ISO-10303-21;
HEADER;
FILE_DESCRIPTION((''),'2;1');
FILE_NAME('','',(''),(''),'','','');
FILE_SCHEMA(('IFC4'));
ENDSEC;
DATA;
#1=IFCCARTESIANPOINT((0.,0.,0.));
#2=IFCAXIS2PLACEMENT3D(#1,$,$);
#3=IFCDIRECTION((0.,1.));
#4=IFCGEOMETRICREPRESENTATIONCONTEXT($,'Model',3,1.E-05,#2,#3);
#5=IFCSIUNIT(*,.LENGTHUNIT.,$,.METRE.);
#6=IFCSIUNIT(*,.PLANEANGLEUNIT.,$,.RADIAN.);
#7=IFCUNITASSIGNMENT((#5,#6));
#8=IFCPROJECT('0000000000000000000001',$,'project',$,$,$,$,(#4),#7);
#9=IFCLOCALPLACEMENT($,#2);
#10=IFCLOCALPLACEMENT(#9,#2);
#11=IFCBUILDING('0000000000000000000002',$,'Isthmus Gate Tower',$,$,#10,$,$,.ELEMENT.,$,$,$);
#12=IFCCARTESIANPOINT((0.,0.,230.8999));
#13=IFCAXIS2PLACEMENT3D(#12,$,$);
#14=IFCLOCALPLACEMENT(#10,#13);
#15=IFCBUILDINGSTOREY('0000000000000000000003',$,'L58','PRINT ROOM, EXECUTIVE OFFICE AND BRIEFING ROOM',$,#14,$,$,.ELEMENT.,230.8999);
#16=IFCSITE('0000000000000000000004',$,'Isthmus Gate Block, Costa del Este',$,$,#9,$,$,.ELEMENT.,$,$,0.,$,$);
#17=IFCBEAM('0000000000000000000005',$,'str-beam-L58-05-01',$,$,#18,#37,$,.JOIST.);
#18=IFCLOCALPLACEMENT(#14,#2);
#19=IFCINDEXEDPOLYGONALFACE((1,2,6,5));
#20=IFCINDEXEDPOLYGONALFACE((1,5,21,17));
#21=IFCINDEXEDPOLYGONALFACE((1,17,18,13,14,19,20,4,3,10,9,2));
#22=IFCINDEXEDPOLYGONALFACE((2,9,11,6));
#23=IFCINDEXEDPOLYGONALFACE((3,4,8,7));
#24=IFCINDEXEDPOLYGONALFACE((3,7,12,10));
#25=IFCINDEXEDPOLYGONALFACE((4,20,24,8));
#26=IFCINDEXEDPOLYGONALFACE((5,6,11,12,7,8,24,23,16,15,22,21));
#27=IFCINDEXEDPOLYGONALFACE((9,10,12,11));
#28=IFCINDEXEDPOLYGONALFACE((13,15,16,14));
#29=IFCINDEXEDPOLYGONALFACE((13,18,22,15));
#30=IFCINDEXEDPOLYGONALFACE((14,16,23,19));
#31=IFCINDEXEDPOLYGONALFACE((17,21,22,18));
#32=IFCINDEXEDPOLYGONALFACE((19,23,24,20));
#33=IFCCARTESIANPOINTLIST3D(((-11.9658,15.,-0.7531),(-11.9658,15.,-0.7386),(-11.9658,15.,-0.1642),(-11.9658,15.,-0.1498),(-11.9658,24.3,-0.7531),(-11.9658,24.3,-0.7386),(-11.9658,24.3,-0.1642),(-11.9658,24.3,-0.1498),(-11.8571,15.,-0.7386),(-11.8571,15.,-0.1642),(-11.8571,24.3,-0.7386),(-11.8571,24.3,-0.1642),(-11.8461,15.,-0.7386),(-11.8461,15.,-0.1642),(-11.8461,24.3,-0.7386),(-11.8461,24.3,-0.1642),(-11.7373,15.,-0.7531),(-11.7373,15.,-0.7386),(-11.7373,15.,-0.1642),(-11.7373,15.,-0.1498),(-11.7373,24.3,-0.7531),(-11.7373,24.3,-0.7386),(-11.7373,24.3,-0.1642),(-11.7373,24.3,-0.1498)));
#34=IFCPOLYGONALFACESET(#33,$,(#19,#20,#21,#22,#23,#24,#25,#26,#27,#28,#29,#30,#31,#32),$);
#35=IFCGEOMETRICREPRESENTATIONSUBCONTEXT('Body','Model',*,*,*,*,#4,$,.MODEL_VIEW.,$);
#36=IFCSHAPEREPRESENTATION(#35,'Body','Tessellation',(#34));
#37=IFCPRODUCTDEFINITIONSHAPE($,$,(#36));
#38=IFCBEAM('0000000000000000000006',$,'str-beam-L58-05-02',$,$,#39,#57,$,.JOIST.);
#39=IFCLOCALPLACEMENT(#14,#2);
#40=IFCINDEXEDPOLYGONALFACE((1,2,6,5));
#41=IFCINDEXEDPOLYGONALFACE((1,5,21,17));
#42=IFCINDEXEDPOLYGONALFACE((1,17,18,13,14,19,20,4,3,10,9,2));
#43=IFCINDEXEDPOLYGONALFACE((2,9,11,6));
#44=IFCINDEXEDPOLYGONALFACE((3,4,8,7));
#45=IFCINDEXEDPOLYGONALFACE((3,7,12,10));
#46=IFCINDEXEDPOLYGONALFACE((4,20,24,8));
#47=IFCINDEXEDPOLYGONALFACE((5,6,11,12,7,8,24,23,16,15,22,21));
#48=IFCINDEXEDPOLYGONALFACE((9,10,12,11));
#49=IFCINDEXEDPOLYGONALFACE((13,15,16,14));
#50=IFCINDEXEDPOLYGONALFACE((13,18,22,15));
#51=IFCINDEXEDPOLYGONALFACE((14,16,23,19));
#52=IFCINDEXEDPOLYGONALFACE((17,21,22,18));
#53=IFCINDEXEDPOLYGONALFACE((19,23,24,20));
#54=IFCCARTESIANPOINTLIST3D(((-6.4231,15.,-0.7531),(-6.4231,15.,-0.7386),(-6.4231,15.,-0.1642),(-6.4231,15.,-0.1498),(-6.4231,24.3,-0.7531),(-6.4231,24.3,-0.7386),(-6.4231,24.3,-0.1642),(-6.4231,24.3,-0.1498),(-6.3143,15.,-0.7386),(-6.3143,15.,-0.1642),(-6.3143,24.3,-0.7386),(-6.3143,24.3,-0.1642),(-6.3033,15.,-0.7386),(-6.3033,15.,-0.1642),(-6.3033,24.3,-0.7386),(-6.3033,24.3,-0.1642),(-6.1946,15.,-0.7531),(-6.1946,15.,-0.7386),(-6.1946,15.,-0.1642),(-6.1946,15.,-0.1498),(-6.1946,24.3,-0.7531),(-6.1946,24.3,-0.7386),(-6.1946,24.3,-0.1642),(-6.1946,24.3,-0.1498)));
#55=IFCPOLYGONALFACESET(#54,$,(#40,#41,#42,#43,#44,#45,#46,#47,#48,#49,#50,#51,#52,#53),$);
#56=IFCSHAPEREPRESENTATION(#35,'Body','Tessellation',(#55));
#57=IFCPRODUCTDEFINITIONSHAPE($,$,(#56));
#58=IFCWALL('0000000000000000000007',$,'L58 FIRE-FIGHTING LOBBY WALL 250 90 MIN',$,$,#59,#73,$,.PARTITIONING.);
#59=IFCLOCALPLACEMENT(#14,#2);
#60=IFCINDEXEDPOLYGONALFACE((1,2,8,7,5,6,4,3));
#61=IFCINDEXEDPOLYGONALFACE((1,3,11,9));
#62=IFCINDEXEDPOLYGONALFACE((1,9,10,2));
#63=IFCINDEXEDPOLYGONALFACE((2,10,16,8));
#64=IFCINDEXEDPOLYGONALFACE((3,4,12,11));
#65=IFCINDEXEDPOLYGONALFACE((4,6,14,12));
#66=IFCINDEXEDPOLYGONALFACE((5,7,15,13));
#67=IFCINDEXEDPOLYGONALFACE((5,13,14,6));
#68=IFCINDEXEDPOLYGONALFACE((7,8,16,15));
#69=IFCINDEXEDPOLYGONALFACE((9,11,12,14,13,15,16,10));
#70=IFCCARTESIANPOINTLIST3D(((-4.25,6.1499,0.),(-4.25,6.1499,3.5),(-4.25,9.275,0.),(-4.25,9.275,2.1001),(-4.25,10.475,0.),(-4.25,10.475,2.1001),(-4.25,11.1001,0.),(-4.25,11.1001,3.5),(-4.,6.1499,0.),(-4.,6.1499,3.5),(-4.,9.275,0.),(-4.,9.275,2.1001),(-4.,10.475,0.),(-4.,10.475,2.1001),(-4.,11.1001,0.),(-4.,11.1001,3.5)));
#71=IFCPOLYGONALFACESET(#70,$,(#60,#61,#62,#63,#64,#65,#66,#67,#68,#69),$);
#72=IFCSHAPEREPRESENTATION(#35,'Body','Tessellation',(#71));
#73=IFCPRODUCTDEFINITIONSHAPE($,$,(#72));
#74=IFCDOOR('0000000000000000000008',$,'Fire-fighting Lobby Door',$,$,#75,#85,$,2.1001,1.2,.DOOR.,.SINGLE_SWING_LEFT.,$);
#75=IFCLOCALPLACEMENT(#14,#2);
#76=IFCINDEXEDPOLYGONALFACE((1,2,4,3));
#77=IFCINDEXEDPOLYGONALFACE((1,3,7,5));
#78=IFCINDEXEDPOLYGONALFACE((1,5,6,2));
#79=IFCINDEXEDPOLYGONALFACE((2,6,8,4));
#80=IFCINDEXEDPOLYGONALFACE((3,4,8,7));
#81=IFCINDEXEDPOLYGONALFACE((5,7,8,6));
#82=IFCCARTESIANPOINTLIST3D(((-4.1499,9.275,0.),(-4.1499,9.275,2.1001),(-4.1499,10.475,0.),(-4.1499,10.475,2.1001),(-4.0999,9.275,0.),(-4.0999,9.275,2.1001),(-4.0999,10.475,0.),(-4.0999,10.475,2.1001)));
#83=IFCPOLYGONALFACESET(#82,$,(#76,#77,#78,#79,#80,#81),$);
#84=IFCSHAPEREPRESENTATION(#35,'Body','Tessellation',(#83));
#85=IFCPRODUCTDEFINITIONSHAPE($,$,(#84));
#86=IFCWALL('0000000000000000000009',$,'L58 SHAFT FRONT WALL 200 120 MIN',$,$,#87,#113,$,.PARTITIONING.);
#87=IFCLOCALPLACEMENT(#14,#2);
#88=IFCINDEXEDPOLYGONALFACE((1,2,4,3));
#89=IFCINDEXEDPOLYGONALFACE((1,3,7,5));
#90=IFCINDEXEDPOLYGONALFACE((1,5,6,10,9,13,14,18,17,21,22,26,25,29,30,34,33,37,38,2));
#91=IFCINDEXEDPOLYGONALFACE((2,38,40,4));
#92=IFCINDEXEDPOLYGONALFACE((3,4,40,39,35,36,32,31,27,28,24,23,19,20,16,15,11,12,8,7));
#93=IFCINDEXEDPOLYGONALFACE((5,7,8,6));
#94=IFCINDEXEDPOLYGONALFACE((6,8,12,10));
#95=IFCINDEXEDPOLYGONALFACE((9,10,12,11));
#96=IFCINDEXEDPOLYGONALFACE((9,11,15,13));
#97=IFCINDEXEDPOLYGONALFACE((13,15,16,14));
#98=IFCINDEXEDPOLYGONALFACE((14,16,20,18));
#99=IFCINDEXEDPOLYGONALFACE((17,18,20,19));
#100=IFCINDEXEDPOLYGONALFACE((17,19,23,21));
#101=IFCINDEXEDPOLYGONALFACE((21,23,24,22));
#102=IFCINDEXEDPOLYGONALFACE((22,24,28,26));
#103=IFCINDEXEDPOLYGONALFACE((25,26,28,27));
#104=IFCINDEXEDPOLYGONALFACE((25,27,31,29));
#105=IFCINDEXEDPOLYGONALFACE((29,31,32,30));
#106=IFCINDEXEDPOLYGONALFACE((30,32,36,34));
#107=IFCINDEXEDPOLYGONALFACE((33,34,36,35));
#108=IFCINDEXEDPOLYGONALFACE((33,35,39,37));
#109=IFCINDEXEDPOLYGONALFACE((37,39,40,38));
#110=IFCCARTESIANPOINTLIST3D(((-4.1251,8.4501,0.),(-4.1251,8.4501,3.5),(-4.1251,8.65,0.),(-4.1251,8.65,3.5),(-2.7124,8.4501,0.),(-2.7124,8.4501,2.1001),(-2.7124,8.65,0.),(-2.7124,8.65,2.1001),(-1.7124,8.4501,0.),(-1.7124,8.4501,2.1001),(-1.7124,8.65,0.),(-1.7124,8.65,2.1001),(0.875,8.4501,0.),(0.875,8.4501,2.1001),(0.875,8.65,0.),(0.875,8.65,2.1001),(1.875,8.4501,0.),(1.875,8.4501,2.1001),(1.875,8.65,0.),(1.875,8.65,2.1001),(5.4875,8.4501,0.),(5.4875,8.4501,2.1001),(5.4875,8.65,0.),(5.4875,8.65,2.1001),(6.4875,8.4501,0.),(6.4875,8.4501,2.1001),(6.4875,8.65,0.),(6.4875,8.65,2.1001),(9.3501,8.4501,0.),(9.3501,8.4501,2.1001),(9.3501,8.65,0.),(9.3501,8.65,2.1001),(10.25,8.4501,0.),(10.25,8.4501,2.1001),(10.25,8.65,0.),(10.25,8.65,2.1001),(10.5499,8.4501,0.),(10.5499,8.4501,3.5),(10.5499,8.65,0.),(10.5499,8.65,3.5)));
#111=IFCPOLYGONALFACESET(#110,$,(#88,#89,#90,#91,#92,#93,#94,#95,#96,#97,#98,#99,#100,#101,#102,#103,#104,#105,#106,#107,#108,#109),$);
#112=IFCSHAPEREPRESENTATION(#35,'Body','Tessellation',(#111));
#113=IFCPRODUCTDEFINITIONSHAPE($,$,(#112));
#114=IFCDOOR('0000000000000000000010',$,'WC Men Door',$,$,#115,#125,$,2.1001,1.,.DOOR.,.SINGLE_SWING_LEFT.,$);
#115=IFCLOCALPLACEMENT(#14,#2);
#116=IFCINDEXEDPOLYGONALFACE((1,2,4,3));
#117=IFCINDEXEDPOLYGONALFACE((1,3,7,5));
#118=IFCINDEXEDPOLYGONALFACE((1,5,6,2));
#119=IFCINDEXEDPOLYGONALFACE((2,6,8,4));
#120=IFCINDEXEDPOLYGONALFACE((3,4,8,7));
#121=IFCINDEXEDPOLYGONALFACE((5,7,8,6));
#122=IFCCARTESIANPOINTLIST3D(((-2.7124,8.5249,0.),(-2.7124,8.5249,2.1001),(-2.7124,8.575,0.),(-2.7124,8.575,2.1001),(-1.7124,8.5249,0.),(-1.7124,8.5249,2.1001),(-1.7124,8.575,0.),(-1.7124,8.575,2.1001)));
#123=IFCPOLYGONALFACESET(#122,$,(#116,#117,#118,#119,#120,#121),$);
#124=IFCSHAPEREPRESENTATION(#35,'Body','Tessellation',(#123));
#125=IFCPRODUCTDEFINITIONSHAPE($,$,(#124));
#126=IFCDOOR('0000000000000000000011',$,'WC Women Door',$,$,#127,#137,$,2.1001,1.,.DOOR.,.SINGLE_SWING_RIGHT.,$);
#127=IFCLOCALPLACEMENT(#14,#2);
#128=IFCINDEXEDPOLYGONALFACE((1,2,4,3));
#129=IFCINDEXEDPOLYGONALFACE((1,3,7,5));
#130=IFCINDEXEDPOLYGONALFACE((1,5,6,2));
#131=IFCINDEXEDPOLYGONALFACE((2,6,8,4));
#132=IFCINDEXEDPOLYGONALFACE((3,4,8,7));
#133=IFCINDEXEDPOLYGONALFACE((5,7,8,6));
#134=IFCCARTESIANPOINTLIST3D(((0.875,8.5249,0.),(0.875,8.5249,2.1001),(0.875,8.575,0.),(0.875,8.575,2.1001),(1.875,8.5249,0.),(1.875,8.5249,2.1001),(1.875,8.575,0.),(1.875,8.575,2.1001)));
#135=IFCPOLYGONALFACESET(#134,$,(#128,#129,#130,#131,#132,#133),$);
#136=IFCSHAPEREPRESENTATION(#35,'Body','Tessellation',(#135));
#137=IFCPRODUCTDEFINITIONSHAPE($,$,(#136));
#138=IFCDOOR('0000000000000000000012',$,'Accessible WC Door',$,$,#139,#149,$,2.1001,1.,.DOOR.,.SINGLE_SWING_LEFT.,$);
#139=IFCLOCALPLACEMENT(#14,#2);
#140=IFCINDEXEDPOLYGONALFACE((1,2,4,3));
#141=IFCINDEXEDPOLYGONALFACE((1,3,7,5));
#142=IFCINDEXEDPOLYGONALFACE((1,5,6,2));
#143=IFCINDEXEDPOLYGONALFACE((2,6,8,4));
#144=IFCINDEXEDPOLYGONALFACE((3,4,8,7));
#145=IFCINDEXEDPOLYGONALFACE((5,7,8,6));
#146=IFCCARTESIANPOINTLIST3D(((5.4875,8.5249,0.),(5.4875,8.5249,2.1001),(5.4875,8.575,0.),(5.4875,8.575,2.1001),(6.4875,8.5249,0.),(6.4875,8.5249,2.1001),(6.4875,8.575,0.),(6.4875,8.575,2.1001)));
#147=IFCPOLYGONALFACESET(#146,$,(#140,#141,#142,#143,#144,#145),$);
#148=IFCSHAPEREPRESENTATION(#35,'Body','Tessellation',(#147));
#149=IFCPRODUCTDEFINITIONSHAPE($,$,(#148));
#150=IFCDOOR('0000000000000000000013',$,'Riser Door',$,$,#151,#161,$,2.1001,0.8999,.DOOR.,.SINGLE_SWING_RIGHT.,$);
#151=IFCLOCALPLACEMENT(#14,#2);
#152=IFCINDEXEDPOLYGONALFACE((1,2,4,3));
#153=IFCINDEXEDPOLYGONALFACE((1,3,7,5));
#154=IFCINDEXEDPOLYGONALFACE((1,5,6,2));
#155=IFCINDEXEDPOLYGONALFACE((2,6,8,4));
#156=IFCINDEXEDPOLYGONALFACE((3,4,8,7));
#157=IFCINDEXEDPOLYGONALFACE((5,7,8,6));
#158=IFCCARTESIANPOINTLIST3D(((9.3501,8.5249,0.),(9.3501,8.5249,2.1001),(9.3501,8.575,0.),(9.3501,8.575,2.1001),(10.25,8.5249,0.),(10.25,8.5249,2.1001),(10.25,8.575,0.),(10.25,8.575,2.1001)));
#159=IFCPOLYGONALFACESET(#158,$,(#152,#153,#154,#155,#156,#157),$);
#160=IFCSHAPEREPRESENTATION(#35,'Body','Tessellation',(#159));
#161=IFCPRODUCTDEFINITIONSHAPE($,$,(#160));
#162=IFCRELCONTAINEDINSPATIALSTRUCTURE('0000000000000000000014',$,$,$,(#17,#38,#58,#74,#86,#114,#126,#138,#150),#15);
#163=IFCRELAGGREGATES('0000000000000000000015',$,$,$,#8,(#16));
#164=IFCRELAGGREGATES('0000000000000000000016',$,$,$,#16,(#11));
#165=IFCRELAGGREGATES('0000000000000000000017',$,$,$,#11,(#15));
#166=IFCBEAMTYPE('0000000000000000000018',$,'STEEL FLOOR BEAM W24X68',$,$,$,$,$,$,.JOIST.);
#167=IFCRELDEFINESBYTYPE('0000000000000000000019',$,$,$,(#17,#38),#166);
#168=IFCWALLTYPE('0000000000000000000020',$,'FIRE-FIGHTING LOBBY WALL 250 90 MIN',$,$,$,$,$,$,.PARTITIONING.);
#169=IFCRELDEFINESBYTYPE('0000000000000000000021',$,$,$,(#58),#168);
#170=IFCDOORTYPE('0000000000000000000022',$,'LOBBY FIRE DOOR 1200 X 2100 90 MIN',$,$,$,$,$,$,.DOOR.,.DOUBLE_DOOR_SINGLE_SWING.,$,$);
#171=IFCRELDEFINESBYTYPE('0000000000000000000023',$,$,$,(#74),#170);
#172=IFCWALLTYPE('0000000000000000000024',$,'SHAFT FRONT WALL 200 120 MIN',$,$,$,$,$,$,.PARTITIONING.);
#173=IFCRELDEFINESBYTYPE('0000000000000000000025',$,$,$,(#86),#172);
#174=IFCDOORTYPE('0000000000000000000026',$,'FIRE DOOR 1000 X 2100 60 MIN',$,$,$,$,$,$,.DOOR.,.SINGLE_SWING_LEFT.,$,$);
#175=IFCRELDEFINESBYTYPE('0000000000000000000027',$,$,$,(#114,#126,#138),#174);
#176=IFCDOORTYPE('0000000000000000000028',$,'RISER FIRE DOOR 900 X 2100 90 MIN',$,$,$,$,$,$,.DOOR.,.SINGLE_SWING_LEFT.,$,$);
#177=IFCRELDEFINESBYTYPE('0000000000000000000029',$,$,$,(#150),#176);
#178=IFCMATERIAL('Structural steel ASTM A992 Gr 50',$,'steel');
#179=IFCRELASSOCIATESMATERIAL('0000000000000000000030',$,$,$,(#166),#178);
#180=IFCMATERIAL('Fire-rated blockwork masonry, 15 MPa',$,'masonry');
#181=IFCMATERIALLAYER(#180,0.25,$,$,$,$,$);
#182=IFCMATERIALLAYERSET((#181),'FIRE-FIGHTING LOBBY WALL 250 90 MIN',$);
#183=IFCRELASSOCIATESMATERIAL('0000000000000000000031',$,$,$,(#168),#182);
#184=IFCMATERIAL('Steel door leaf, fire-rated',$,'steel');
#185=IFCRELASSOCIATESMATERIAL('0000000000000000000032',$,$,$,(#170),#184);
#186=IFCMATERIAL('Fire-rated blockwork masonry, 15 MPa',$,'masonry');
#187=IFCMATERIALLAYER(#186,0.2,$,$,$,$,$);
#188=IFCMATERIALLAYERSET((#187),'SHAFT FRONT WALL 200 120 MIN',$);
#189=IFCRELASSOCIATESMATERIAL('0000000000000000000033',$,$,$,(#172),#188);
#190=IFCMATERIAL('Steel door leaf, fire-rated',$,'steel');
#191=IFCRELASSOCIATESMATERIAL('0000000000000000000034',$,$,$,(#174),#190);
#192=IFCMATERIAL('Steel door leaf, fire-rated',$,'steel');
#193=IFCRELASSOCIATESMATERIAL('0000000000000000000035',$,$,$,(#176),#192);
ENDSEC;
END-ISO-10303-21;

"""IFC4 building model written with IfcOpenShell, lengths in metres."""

from ifc_helpers import new_model, si_unit, direction, frame, frame_2d, origin, origin_2d, place, context, subcontext, project, spatial, rectangle, i_section, extrude, material, layer, layer_set, material_profile, profile_set, type_object, element, fill, save


model = new_model("IFC4")

# Units and contexts
model_context = context("Model", 3, precision=1e-05, world=origin(), true_north=direction((0.0, 1.0)))
body_context = subcontext(model_context, "Body", "Model", "MODEL_VIEW")
ifc_project = project(units=[si_unit("LENGTHUNIT", "METRE"), si_unit("PLANEANGLEUNIT", "RADIAN")], contexts=[model_context])

# Site, building, storey
site_placement = place(None, origin())
site = spatial("IfcSite", under=ifc_project, at=site_placement, Name="Isthmus Gate Block, Costa del Este", CompositionType="ELEMENT", RefElevation=0.0)
building_placement = place(site_placement, origin())
building = spatial("IfcBuilding", under=site, at=building_placement, Name="Isthmus Gate Tower", CompositionType="ELEMENT")
storey_placement = place(building_placement, frame((0.0, 0.0, 230.8999)))
storey = spatial("IfcBuildingStorey", under=building, at=storey_placement, Name="L58", Description="PRINT ROOM, EXECUTIVE OFFICE AND BRIEFING ROOM", CompositionType="ELEMENT", Elevation=230.8999)

# Beams
ifc_material_1 = material(Name="Structural steel ASTM A992 Gr 50", Category="steel")
ifc_material_profile = material_profile(ifc_material_1, i_section(OverallWidth=0.2285, OverallDepth=0.6033, WebThickness=0.011, FlangeThickness=0.0144, at=origin_2d()), Name="W24X68")
ifc_profile_set = profile_set([ifc_material_profile], Name="Structural steel ASTM A992 Gr 50")
beam_type = type_object("IfcBeamType", Name="STEEL FLOOR BEAM W24X68", PredefinedType="JOIST", material=ifc_profile_set)
for number, where, z_axis, x_axis, name in (
    (1, (-11.8516, 15.0, -0.4514), (0.0, 1.0, 0.0), (-1.0, 0.0, 0.0), "str-beam-L58-05-01"),
    (2, (-6.3088, 15.0, -0.4514), (0.0, 1.0, 0.0), (-1.0, 0.0, 0.0), "str-beam-L58-05-02"),
):
    element("IfcBeam", number, at=place(storey_placement, frame(where, z_axis=z_axis, x_axis=x_axis)), inside=storey, type_object=beam_type, Name=name, PredefinedType="JOIST", context=body_context, shape_type="SweptSolid", body=[
        extrude(i_section(OverallWidth=0.2285, OverallDepth=0.6033, WebThickness=0.011, FlangeThickness=0.0144, at=origin_2d()), origin(), (0.0, 0.0, 1.0), 9.3),
    ])

# Wall, opening, door
ifc_material_2 = material(Name="Fire-rated blockwork masonry, 15 MPa", Category="masonry")
ifc_layer_1 = layer(ifc_material_2, 0.25)
ifc_layer_set_1 = layer_set([ifc_layer_1], Name="FIRE-FIGHTING LOBBY WALL 250 90 MIN")
wall_type_1 = type_object("IfcWallType", Name="FIRE-FIGHTING LOBBY WALL 250 90 MIN", PredefinedType="PARTITIONING", material=ifc_layer_set_1)
wall_1_placement = place(storey_placement, frame((-4.125, 6.1499, 0.0), z_axis=(0.0, 0.0, 1.0), x_axis=(0.0, 1.0, 0.0)))
wall_1 = element("IfcWall", 3, at=wall_1_placement, inside=storey, type_object=wall_type_1, Name="L58 FIRE-FIGHTING LOBBY WALL 250 90 MIN", PredefinedType="PARTITIONING", context=body_context, shape_type="SweptSolid", body=[
    extrude(rectangle(XDim=4.9502, YDim=0.25, at=frame_2d((2.4751, 0.0))), origin(), (0.0, 0.0, 1.0), 3.5),
])
opening_1_placement = place(wall_1_placement, frame((3.125, 0.0, 0.0)))
opening_1 = element("IfcOpeningElement", 4, at=opening_1_placement, cuts=wall_1, PredefinedType="OPENING", context=body_context, shape_type="SweptSolid", body=[
    extrude(rectangle(XDim=1.2, YDim=2.1001, at=frame_2d((0.6001, 1.05))), frame((0.0, 0.135, 0.0), z_axis=(0.0, -1.0, 0.0), x_axis=(1.0, 0.0, 0.0)), (0.0, 0.0, 1.0), 0.27),
])
ifc_material_3 = material(Name="Steel door leaf, fire-rated", Category="steel")
door_type_1 = type_object("IfcDoorType", Name="LOBBY FIRE DOOR 1200 X 2100 90 MIN", OperationType="DOUBLE_DOOR_SINGLE_SWING", PredefinedType="DOOR", material=ifc_material_3)
door_1_placement = place(opening_1_placement, origin())
door_1 = element("IfcDoor", 5, at=door_1_placement, inside=storey, type_object=door_type_1, Name="Fire-fighting Lobby Door", OperationType="SINGLE_SWING_LEFT", OverallHeight=2.1001, OverallWidth=1.2, PredefinedType="DOOR", context=body_context, shape_type="SweptSolid", body=[
    extrude(rectangle(XDim=1.2, YDim=2.1001, at=frame_2d((0.6001, 1.05))), frame((0.0, 0.0249, 0.0), z_axis=(0.0, -1.0, 0.0), x_axis=(1.0, 0.0, 0.0)), (0.0, 0.0, 1.0), 0.05),
])
fill(opening_1, door_1)

# Wall, openings, doors
ifc_material_4 = material(Name="Fire-rated blockwork masonry, 15 MPa", Category="masonry")
ifc_layer_2 = layer(ifc_material_4, 0.2)
ifc_layer_set_2 = layer_set([ifc_layer_2], Name="SHAFT FRONT WALL 200 120 MIN")
wall_type_2 = type_object("IfcWallType", Name="SHAFT FRONT WALL 200 120 MIN", PredefinedType="PARTITIONING", material=ifc_layer_set_2)
wall_2_placement = place(storey_placement, frame((-4.125, 8.55, 0.0), z_axis=(0.0, 0.0, 1.0), x_axis=(1.0, 0.0, 0.0)))
wall_2 = element("IfcWall", 6, at=wall_2_placement, inside=storey, type_object=wall_type_2, Name="L58 SHAFT FRONT WALL 200 120 MIN", PredefinedType="PARTITIONING", context=body_context, shape_type="SweptSolid", body=[
    extrude(rectangle(XDim=14.675, YDim=0.2, at=frame_2d((7.3374, 0.0))), origin(), (0.0, 0.0, 1.0), 3.5),
])
opening_2_placement = place(wall_2_placement, frame((1.4126, 0.0, 0.0)))
opening_2 = element("IfcOpeningElement", 7, at=opening_2_placement, cuts=wall_2, PredefinedType="OPENING", context=body_context, shape_type="SweptSolid", body=[
    extrude(rectangle(XDim=1.0, YDim=2.1001, at=frame_2d((0.5, 1.05))), frame((0.0, 0.1099, 0.0), z_axis=(0.0, -1.0, 0.0), x_axis=(1.0, 0.0, 0.0)), (0.0, 0.0, 1.0), 0.22),
])
opening_3_placement = place(wall_2_placement, frame((5.0, 0.0, 0.0)))
opening_3 = element("IfcOpeningElement", 8, at=opening_3_placement, cuts=wall_2, PredefinedType="OPENING", context=body_context, shape_type="SweptSolid", body=[
    extrude(rectangle(XDim=1.0, YDim=2.1001, at=frame_2d((0.5, 1.05))), frame((0.0, 0.1099, 0.0), z_axis=(0.0, -1.0, 0.0), x_axis=(1.0, 0.0, 0.0)), (0.0, 0.0, 1.0), 0.22),
])
opening_4_placement = place(wall_2_placement, frame((9.6125, 0.0, 0.0)))
opening_4 = element("IfcOpeningElement", 9, at=opening_4_placement, cuts=wall_2, PredefinedType="OPENING", context=body_context, shape_type="SweptSolid", body=[
    extrude(rectangle(XDim=1.0, YDim=2.1001, at=frame_2d((0.5, 1.05))), frame((0.0, 0.1099, 0.0), z_axis=(0.0, -1.0, 0.0), x_axis=(1.0, 0.0, 0.0)), (0.0, 0.0, 1.0), 0.22),
])
opening_5_placement = place(wall_2_placement, frame((13.4751, 0.0, 0.0)))
opening_5 = element("IfcOpeningElement", 10, at=opening_5_placement, cuts=wall_2, PredefinedType="OPENING", context=body_context, shape_type="SweptSolid", body=[
    extrude(rectangle(XDim=0.8999, YDim=2.1001, at=frame_2d((0.45, 1.05))), frame((0.0, 0.1099, 0.0), z_axis=(0.0, -1.0, 0.0), x_axis=(1.0, 0.0, 0.0)), (0.0, 0.0, 1.0), 0.22),
])
ifc_material_5 = material(Name="Steel door leaf, fire-rated", Category="steel")
door_type_2 = type_object("IfcDoorType", Name="FIRE DOOR 1000 X 2100 60 MIN", OperationType="SINGLE_SWING_LEFT", PredefinedType="DOOR", material=ifc_material_5)
door_2_placement = place(opening_2_placement, origin())
door_2 = element("IfcDoor", 11, at=door_2_placement, inside=storey, type_object=door_type_2, Name="WC Men Door", OperationType="SINGLE_SWING_LEFT", OverallHeight=2.1001, OverallWidth=1.0, PredefinedType="DOOR", context=body_context, shape_type="SweptSolid", body=[
    extrude(rectangle(XDim=1.0, YDim=2.1001, at=frame_2d((0.5, 1.05))), frame((0.0, 0.0249, 0.0), z_axis=(0.0, -1.0, 0.0), x_axis=(1.0, 0.0, 0.0)), (0.0, 0.0, 1.0), 0.05),
])
fill(opening_2, door_2)
door_3_placement = place(opening_3_placement, origin())
door_3 = element("IfcDoor", 12, at=door_3_placement, inside=storey, type_object=door_type_2, Name="WC Women Door", OperationType="SINGLE_SWING_RIGHT", OverallHeight=2.1001, OverallWidth=1.0, PredefinedType="DOOR", context=body_context, shape_type="SweptSolid", body=[
    extrude(rectangle(XDim=1.0, YDim=2.1001, at=frame_2d((0.5, 1.05))), frame((0.0, 0.0249, 0.0), z_axis=(0.0, -1.0, 0.0), x_axis=(1.0, 0.0, 0.0)), (0.0, 0.0, 1.0), 0.05),
])
fill(opening_3, door_3)
door_4_placement = place(opening_4_placement, origin())
door_4 = element("IfcDoor", 13, at=door_4_placement, inside=storey, type_object=door_type_2, Name="Accessible WC Door", OperationType="SINGLE_SWING_LEFT", OverallHeight=2.1001, OverallWidth=1.0, PredefinedType="DOOR", context=body_context, shape_type="SweptSolid", body=[
    extrude(rectangle(XDim=1.0, YDim=2.1001, at=frame_2d((0.5, 1.05))), frame((0.0, 0.0249, 0.0), z_axis=(0.0, -1.0, 0.0), x_axis=(1.0, 0.0, 0.0)), (0.0, 0.0, 1.0), 0.05),
])
fill(opening_4, door_4)
ifc_material_6 = material(Name="Steel door leaf, fire-rated", Category="steel")
door_type_3 = type_object("IfcDoorType", Name="RISER FIRE DOOR 900 X 2100 90 MIN", OperationType="SINGLE_SWING_LEFT", PredefinedType="DOOR", material=ifc_material_6)
door_5_placement = place(opening_5_placement, origin())
door_5 = element("IfcDoor", 14, at=door_5_placement, inside=storey, type_object=door_type_3, Name="Riser Door", OperationType="SINGLE_SWING_RIGHT", OverallHeight=2.1001, OverallWidth=0.8999, PredefinedType="DOOR", context=body_context, shape_type="SweptSolid", body=[
    extrude(rectangle(XDim=0.8999, YDim=2.1001, at=frame_2d((0.45, 1.05))), frame((0.0, 0.0249, 0.0), z_axis=(0.0, -1.0, 0.0), x_axis=(1.0, 0.0, 0.0)), (0.0, 0.0, 1.0), 0.05),
])
fill(opening_5, door_5)

save(model, "model.ifc")
